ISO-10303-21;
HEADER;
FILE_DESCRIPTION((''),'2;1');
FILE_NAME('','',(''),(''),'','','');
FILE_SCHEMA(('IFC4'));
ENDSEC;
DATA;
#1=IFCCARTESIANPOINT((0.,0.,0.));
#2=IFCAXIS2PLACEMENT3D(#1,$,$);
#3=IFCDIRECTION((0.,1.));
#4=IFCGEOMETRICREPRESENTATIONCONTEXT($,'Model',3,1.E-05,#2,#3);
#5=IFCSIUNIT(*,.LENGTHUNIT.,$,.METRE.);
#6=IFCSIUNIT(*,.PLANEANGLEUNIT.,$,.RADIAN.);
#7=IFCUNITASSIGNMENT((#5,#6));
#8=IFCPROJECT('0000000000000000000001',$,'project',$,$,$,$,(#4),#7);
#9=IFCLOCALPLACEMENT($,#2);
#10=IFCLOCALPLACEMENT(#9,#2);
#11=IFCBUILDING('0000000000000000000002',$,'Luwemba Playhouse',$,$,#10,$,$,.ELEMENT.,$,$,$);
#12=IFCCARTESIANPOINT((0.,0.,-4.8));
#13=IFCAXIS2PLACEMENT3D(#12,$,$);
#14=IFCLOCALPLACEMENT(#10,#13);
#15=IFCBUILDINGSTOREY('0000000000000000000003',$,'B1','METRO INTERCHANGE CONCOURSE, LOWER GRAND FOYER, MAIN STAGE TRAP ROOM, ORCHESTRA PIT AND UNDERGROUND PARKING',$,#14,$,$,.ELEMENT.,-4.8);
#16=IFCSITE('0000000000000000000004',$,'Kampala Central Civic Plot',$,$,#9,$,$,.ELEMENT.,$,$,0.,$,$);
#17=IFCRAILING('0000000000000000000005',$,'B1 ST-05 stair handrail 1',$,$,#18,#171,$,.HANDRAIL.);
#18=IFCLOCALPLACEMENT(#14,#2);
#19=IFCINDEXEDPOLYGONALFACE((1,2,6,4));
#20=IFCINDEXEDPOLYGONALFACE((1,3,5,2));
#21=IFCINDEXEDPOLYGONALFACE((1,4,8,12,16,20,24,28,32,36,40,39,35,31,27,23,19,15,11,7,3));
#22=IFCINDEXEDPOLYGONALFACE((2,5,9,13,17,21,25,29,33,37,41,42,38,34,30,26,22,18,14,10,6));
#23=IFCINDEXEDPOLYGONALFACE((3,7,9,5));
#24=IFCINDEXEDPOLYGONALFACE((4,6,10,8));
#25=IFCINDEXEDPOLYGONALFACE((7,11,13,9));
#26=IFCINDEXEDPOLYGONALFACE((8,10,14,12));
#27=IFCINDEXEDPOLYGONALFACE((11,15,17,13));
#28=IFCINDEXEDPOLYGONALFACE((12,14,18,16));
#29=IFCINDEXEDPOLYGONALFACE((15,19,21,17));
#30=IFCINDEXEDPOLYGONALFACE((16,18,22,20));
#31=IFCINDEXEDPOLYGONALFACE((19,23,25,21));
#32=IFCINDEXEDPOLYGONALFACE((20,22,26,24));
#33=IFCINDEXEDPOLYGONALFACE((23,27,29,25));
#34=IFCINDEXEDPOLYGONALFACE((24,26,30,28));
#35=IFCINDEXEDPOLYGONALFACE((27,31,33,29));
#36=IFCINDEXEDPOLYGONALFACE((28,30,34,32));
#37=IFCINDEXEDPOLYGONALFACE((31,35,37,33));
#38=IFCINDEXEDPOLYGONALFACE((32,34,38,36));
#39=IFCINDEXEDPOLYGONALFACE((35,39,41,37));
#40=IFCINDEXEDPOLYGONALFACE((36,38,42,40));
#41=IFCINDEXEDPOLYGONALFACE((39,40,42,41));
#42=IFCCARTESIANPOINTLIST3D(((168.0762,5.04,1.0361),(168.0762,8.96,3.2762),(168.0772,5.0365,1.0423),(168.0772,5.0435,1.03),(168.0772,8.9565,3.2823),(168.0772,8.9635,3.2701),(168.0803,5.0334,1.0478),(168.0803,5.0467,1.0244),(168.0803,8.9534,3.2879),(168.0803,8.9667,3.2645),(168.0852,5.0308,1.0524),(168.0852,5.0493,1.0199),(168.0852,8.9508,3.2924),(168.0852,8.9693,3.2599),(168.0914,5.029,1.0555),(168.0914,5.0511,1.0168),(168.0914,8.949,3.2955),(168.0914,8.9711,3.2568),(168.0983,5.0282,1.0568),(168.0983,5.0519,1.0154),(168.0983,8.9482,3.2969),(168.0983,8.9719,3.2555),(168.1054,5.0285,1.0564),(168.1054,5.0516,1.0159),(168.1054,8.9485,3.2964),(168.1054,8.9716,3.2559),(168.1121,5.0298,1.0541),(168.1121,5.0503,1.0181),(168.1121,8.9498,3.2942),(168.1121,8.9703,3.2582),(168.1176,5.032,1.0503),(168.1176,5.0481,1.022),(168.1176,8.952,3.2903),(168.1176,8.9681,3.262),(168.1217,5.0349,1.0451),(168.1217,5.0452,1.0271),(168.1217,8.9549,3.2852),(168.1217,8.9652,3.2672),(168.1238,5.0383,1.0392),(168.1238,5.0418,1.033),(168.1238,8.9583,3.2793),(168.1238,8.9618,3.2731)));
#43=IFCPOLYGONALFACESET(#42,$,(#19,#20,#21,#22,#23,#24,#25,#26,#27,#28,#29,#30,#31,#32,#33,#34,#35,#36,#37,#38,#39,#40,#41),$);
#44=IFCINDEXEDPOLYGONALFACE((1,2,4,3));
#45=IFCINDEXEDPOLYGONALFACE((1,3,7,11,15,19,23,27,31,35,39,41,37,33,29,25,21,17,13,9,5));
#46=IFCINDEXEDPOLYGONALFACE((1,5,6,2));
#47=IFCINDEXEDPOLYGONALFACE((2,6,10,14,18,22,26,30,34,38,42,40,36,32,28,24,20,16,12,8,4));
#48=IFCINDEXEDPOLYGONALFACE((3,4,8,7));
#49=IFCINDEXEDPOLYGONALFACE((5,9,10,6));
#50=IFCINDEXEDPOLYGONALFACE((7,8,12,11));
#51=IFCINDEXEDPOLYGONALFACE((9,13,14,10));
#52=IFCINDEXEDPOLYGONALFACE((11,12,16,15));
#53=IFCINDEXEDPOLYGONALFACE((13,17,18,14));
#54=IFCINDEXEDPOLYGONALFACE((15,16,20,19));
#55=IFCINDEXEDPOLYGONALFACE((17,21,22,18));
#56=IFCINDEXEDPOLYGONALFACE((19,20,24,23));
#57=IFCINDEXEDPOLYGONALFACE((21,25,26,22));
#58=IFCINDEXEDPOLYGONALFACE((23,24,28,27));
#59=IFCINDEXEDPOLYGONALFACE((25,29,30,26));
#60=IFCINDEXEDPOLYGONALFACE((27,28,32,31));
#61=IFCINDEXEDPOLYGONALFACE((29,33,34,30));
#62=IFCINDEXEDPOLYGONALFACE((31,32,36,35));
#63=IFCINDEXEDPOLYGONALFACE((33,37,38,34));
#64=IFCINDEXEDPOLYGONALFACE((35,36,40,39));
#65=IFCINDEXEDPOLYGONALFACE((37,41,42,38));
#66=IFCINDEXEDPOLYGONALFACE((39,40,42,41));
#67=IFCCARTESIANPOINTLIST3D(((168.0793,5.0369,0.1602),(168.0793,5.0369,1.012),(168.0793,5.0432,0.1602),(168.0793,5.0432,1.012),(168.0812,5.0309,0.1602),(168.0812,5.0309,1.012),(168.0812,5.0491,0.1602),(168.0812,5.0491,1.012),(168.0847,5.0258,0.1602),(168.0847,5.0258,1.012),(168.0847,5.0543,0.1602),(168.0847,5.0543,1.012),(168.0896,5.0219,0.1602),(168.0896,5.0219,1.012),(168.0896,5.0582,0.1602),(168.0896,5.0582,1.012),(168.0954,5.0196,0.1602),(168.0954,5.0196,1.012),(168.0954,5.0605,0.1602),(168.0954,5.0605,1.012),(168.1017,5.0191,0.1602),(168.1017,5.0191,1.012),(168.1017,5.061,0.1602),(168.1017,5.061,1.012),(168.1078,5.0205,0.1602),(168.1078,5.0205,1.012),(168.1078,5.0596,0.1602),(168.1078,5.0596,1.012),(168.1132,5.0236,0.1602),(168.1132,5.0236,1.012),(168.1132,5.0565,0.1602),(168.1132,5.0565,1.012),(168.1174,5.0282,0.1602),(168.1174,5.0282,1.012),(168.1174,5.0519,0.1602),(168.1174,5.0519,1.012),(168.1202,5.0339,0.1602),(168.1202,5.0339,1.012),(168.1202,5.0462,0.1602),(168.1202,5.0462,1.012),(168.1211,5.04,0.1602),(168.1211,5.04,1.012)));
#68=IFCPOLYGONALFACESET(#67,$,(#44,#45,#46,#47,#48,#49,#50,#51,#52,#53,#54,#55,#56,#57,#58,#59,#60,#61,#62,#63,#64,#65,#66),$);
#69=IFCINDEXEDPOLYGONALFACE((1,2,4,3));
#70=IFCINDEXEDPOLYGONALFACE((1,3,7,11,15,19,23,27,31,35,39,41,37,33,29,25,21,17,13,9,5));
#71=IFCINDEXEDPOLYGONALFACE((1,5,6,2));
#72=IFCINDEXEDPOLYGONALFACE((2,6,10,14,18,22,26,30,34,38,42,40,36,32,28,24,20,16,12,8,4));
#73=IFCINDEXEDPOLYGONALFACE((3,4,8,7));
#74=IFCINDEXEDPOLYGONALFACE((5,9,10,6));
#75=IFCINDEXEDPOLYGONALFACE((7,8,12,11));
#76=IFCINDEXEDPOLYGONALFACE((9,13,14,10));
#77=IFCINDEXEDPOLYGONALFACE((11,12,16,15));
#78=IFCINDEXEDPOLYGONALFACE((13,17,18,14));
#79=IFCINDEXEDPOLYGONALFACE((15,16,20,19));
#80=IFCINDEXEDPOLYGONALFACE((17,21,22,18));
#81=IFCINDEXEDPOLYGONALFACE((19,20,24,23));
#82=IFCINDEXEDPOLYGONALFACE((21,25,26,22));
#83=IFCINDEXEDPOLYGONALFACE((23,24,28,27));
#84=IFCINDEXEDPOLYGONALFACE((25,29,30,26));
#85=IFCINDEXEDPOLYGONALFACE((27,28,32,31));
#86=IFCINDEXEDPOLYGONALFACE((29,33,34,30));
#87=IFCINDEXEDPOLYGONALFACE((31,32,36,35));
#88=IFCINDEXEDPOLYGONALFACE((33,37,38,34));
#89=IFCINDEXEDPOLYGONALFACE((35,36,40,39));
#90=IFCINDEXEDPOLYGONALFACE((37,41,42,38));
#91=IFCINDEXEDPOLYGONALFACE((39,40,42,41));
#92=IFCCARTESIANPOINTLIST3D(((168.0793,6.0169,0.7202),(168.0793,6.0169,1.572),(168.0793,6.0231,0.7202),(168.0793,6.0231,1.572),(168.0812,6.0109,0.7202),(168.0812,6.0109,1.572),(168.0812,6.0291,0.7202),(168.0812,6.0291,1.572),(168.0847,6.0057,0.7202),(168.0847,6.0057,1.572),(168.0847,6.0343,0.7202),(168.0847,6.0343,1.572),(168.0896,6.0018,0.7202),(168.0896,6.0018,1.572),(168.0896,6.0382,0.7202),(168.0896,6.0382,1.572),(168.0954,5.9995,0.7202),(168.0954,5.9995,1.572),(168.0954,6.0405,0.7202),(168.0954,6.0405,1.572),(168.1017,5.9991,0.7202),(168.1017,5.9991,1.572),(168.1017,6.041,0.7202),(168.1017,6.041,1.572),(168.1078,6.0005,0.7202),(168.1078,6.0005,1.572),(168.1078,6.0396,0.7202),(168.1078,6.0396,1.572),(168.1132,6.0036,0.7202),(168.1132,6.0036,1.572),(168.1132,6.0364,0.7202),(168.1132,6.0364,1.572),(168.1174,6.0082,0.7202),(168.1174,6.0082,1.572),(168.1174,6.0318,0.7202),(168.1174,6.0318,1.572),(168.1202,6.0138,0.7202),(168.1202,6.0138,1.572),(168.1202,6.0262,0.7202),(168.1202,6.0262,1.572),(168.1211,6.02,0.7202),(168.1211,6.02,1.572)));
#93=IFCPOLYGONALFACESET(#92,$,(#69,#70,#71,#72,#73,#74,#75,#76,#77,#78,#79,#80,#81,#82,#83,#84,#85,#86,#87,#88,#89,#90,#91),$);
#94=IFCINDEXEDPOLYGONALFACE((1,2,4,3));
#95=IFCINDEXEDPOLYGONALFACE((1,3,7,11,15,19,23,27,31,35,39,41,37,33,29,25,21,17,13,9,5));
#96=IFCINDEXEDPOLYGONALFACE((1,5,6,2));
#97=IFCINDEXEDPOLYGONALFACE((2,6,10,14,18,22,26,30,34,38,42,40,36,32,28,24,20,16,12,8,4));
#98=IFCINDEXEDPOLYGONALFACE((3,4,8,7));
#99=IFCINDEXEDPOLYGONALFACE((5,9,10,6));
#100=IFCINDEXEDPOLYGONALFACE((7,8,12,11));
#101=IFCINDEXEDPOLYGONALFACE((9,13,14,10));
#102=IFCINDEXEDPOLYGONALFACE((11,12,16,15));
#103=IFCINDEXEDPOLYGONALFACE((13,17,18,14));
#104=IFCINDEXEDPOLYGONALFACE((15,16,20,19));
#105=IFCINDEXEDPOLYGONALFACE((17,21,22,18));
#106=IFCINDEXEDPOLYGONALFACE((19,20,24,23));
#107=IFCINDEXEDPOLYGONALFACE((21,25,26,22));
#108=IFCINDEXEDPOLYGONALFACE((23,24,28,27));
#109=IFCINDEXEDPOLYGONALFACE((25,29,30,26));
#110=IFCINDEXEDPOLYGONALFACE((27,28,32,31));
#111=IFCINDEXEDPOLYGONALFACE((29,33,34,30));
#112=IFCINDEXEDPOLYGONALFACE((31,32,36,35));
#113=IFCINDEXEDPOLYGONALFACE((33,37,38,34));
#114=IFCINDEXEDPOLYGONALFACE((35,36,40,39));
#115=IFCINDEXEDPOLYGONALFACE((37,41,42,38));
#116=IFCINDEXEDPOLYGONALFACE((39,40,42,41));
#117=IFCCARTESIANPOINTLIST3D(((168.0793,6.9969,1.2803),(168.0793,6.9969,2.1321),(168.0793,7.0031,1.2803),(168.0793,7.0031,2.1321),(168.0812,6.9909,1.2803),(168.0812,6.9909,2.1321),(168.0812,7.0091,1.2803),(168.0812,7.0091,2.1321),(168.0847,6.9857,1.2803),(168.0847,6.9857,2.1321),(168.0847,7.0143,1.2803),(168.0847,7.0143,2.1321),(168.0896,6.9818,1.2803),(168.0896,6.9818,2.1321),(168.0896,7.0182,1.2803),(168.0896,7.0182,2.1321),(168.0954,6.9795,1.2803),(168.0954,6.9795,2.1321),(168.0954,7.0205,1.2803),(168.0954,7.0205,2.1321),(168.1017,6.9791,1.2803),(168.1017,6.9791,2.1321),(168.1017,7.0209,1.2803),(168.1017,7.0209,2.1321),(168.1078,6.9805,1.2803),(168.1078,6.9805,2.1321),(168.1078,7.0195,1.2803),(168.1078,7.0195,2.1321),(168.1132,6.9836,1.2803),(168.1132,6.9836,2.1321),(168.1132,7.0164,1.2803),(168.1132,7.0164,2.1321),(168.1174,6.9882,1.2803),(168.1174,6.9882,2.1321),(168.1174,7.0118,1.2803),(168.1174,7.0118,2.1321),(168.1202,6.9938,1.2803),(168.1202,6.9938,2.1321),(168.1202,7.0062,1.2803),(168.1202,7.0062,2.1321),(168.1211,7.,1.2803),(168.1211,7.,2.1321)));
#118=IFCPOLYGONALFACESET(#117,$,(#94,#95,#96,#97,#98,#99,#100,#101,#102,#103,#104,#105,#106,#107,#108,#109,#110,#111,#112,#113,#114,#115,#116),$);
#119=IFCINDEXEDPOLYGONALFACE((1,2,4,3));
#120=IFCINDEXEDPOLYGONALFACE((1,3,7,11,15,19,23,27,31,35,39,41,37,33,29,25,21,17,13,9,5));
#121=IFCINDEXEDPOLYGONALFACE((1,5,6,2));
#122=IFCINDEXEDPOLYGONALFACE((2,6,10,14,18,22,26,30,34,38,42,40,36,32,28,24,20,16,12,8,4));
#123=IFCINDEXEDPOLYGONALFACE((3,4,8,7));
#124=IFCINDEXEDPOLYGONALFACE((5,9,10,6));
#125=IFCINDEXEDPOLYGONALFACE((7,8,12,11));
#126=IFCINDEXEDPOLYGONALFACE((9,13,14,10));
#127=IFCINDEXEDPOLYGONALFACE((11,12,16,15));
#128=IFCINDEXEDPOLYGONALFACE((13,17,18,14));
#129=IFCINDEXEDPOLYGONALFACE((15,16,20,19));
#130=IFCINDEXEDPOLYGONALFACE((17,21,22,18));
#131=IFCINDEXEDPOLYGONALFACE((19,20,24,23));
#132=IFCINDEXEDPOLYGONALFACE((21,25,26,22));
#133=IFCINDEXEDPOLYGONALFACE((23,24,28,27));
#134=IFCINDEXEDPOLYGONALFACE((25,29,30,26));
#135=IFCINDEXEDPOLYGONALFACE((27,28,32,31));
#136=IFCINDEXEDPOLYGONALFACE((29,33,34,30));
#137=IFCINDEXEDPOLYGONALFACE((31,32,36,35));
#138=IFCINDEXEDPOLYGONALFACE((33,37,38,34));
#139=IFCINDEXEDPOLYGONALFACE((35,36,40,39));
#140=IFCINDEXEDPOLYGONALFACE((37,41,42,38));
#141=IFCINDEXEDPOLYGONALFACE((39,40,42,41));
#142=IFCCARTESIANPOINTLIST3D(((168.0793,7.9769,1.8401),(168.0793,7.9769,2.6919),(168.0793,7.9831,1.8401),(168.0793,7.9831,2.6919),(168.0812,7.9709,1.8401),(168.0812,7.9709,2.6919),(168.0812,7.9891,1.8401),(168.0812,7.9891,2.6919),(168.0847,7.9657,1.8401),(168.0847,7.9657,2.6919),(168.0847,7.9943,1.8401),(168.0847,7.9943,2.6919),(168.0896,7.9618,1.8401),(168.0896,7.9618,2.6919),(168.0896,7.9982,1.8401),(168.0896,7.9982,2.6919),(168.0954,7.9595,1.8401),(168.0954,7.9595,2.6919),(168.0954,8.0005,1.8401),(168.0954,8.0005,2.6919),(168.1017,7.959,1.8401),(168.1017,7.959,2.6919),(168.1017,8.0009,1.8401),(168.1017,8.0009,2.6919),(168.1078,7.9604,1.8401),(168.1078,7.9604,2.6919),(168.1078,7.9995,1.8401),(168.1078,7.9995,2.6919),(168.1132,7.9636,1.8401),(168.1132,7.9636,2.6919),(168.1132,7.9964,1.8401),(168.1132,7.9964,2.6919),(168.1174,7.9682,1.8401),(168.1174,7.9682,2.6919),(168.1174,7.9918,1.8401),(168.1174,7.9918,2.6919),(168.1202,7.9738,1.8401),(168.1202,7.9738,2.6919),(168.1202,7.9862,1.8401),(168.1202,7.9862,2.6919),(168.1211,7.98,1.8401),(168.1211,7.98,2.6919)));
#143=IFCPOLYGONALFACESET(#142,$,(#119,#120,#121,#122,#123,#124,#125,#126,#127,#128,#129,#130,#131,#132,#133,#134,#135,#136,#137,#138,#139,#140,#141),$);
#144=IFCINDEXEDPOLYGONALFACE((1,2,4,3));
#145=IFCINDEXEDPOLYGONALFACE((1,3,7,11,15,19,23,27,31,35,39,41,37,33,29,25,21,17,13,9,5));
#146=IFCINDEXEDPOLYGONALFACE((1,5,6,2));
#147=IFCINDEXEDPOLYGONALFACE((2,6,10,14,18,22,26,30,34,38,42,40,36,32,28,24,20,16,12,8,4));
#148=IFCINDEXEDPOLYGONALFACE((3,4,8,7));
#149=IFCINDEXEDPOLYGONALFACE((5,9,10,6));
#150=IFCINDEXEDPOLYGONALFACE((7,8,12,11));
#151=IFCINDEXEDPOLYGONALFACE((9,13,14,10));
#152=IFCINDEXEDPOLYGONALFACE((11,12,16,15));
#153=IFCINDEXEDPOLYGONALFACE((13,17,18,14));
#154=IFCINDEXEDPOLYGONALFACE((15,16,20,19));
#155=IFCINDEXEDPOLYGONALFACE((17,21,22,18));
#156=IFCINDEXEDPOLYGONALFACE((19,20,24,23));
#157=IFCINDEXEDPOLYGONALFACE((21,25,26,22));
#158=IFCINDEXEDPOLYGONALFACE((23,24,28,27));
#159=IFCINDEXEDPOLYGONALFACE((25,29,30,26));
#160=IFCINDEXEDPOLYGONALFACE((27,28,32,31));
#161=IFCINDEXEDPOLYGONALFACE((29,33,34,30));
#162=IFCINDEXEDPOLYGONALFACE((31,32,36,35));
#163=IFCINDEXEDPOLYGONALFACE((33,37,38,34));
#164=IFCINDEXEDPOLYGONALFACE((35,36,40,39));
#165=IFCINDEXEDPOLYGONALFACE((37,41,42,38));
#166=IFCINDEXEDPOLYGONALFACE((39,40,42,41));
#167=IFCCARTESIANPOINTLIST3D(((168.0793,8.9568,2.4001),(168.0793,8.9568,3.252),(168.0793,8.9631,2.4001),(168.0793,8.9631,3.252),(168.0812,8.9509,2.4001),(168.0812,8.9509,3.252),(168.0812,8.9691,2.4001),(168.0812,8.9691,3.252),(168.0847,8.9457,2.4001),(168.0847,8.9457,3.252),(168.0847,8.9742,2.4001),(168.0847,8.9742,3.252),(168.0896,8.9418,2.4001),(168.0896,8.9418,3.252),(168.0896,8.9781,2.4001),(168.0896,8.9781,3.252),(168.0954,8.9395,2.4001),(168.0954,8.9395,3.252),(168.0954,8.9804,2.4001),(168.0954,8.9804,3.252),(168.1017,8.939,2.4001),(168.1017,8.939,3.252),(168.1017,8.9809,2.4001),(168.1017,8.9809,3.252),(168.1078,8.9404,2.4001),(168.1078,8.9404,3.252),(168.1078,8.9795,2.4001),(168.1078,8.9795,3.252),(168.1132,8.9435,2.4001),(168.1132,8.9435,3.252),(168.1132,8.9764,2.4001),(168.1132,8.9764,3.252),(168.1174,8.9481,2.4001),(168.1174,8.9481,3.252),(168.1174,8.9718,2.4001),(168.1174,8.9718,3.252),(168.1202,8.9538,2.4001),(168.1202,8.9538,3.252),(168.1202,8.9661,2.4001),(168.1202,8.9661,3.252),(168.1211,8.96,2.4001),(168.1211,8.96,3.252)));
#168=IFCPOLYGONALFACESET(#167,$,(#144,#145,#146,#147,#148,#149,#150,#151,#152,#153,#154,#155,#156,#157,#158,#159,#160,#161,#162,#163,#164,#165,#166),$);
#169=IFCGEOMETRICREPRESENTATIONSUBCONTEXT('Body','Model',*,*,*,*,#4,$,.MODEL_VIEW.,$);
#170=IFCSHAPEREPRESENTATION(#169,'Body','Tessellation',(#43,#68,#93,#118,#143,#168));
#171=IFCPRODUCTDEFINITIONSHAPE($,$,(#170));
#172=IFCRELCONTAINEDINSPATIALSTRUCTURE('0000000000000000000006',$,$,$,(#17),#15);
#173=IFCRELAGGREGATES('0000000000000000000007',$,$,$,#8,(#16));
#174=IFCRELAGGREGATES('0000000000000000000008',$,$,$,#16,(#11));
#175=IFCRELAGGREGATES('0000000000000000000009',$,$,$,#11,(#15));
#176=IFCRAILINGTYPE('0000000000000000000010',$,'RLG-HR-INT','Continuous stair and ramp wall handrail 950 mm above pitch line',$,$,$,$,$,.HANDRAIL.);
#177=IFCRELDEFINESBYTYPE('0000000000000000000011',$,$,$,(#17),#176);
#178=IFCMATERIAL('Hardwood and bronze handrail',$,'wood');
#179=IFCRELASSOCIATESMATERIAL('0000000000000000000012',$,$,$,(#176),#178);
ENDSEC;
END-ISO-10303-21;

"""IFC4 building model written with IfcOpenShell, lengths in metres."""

from ifc_helpers import new_model, si_unit, direction, frame, origin, origin_2d, place, context, subcontext, project, spatial, circle, extrude, material, type_object, element, save


model = new_model("IFC4")

# Units and contexts
model_context = context("Model", 3, precision=1e-05, world=origin(), true_north=direction((0.0, 1.0)))
body_context = subcontext(model_context, "Body", "Model", "MODEL_VIEW")
ifc_project = project(units=[si_unit("LENGTHUNIT", "METRE"), si_unit("PLANEANGLEUNIT", "RADIAN")], contexts=[model_context])

# Site, building, storey
site_placement = place(None, origin())
site = spatial("IfcSite", under=ifc_project, at=site_placement, Name="Kampala Central Civic Plot", CompositionType="ELEMENT", RefElevation=0.0)
building_placement = place(site_placement, origin())
building = spatial("IfcBuilding", under=site, at=building_placement, Name="Luwemba Playhouse", CompositionType="ELEMENT")
storey_placement = place(building_placement, frame((0.0, 0.0, -4.8)))
storey = spatial("IfcBuildingStorey", under=building, at=storey_placement, Name="B1", Description="METRO INTERCHANGE CONCOURSE, LOWER GRAND FOYER, MAIN STAGE TRAP ROOM, ORCHESTRA PIT AND UNDERGROUND PARKING", CompositionType="ELEMENT", Elevation=-4.8)

# Railing
ifc_material_1 = material(Name="Hardwood and bronze handrail", Category="wood")
railing_type_1 = type_object("IfcRailingType", Name="RLG-HR-INT", Description="Continuous stair and ramp wall handrail 950 mm above pitch line", PredefinedType="HANDRAIL", material=ifc_material_1)
railing_1_placement = place(storey_placement, frame((168.1001, 5.04, 0.1602)))
element("IfcRailing", 1, at=railing_1_placement, inside=storey, type_object=railing_type_1, Name="B1 ST-05 stair handrail 1", PredefinedType="HANDRAIL", context=body_context, shape_type="SweptSolid", body=[
    extrude(circle(Radius=0.0239, at=origin_2d()), frame((0.0, 0.0, 0.876), z_axis=(0.0, 0.86824, 0.496145), x_axis=(-1.0, 0.0, 0.0)), (0.0, 0.0, 1.0), 4.5149),
    extrude(circle(Radius=0.021, at=origin_2d()), origin(), (0.0, 0.0, 1.0), 0.8518),
    extrude(circle(Radius=0.021, at=origin_2d()), frame((0.0, 0.98, 0.5601)), (0.0, 0.0, 1.0), 0.8518),
    extrude(circle(Radius=0.021, at=origin_2d()), frame((0.0, 1.96, 1.1201)), (0.0, 0.0, 1.0), 0.8518),
    extrude(circle(Radius=0.021, at=origin_2d()), frame((0.0, 2.9399, 1.6799)), (0.0, 0.0, 1.0), 0.8518),
    extrude(circle(Radius=0.021, at=origin_2d()), frame((0.0, 3.9199, 2.24)), (0.0, 0.0, 1.0), 0.8518),
])

save(model, "model.ifc")
